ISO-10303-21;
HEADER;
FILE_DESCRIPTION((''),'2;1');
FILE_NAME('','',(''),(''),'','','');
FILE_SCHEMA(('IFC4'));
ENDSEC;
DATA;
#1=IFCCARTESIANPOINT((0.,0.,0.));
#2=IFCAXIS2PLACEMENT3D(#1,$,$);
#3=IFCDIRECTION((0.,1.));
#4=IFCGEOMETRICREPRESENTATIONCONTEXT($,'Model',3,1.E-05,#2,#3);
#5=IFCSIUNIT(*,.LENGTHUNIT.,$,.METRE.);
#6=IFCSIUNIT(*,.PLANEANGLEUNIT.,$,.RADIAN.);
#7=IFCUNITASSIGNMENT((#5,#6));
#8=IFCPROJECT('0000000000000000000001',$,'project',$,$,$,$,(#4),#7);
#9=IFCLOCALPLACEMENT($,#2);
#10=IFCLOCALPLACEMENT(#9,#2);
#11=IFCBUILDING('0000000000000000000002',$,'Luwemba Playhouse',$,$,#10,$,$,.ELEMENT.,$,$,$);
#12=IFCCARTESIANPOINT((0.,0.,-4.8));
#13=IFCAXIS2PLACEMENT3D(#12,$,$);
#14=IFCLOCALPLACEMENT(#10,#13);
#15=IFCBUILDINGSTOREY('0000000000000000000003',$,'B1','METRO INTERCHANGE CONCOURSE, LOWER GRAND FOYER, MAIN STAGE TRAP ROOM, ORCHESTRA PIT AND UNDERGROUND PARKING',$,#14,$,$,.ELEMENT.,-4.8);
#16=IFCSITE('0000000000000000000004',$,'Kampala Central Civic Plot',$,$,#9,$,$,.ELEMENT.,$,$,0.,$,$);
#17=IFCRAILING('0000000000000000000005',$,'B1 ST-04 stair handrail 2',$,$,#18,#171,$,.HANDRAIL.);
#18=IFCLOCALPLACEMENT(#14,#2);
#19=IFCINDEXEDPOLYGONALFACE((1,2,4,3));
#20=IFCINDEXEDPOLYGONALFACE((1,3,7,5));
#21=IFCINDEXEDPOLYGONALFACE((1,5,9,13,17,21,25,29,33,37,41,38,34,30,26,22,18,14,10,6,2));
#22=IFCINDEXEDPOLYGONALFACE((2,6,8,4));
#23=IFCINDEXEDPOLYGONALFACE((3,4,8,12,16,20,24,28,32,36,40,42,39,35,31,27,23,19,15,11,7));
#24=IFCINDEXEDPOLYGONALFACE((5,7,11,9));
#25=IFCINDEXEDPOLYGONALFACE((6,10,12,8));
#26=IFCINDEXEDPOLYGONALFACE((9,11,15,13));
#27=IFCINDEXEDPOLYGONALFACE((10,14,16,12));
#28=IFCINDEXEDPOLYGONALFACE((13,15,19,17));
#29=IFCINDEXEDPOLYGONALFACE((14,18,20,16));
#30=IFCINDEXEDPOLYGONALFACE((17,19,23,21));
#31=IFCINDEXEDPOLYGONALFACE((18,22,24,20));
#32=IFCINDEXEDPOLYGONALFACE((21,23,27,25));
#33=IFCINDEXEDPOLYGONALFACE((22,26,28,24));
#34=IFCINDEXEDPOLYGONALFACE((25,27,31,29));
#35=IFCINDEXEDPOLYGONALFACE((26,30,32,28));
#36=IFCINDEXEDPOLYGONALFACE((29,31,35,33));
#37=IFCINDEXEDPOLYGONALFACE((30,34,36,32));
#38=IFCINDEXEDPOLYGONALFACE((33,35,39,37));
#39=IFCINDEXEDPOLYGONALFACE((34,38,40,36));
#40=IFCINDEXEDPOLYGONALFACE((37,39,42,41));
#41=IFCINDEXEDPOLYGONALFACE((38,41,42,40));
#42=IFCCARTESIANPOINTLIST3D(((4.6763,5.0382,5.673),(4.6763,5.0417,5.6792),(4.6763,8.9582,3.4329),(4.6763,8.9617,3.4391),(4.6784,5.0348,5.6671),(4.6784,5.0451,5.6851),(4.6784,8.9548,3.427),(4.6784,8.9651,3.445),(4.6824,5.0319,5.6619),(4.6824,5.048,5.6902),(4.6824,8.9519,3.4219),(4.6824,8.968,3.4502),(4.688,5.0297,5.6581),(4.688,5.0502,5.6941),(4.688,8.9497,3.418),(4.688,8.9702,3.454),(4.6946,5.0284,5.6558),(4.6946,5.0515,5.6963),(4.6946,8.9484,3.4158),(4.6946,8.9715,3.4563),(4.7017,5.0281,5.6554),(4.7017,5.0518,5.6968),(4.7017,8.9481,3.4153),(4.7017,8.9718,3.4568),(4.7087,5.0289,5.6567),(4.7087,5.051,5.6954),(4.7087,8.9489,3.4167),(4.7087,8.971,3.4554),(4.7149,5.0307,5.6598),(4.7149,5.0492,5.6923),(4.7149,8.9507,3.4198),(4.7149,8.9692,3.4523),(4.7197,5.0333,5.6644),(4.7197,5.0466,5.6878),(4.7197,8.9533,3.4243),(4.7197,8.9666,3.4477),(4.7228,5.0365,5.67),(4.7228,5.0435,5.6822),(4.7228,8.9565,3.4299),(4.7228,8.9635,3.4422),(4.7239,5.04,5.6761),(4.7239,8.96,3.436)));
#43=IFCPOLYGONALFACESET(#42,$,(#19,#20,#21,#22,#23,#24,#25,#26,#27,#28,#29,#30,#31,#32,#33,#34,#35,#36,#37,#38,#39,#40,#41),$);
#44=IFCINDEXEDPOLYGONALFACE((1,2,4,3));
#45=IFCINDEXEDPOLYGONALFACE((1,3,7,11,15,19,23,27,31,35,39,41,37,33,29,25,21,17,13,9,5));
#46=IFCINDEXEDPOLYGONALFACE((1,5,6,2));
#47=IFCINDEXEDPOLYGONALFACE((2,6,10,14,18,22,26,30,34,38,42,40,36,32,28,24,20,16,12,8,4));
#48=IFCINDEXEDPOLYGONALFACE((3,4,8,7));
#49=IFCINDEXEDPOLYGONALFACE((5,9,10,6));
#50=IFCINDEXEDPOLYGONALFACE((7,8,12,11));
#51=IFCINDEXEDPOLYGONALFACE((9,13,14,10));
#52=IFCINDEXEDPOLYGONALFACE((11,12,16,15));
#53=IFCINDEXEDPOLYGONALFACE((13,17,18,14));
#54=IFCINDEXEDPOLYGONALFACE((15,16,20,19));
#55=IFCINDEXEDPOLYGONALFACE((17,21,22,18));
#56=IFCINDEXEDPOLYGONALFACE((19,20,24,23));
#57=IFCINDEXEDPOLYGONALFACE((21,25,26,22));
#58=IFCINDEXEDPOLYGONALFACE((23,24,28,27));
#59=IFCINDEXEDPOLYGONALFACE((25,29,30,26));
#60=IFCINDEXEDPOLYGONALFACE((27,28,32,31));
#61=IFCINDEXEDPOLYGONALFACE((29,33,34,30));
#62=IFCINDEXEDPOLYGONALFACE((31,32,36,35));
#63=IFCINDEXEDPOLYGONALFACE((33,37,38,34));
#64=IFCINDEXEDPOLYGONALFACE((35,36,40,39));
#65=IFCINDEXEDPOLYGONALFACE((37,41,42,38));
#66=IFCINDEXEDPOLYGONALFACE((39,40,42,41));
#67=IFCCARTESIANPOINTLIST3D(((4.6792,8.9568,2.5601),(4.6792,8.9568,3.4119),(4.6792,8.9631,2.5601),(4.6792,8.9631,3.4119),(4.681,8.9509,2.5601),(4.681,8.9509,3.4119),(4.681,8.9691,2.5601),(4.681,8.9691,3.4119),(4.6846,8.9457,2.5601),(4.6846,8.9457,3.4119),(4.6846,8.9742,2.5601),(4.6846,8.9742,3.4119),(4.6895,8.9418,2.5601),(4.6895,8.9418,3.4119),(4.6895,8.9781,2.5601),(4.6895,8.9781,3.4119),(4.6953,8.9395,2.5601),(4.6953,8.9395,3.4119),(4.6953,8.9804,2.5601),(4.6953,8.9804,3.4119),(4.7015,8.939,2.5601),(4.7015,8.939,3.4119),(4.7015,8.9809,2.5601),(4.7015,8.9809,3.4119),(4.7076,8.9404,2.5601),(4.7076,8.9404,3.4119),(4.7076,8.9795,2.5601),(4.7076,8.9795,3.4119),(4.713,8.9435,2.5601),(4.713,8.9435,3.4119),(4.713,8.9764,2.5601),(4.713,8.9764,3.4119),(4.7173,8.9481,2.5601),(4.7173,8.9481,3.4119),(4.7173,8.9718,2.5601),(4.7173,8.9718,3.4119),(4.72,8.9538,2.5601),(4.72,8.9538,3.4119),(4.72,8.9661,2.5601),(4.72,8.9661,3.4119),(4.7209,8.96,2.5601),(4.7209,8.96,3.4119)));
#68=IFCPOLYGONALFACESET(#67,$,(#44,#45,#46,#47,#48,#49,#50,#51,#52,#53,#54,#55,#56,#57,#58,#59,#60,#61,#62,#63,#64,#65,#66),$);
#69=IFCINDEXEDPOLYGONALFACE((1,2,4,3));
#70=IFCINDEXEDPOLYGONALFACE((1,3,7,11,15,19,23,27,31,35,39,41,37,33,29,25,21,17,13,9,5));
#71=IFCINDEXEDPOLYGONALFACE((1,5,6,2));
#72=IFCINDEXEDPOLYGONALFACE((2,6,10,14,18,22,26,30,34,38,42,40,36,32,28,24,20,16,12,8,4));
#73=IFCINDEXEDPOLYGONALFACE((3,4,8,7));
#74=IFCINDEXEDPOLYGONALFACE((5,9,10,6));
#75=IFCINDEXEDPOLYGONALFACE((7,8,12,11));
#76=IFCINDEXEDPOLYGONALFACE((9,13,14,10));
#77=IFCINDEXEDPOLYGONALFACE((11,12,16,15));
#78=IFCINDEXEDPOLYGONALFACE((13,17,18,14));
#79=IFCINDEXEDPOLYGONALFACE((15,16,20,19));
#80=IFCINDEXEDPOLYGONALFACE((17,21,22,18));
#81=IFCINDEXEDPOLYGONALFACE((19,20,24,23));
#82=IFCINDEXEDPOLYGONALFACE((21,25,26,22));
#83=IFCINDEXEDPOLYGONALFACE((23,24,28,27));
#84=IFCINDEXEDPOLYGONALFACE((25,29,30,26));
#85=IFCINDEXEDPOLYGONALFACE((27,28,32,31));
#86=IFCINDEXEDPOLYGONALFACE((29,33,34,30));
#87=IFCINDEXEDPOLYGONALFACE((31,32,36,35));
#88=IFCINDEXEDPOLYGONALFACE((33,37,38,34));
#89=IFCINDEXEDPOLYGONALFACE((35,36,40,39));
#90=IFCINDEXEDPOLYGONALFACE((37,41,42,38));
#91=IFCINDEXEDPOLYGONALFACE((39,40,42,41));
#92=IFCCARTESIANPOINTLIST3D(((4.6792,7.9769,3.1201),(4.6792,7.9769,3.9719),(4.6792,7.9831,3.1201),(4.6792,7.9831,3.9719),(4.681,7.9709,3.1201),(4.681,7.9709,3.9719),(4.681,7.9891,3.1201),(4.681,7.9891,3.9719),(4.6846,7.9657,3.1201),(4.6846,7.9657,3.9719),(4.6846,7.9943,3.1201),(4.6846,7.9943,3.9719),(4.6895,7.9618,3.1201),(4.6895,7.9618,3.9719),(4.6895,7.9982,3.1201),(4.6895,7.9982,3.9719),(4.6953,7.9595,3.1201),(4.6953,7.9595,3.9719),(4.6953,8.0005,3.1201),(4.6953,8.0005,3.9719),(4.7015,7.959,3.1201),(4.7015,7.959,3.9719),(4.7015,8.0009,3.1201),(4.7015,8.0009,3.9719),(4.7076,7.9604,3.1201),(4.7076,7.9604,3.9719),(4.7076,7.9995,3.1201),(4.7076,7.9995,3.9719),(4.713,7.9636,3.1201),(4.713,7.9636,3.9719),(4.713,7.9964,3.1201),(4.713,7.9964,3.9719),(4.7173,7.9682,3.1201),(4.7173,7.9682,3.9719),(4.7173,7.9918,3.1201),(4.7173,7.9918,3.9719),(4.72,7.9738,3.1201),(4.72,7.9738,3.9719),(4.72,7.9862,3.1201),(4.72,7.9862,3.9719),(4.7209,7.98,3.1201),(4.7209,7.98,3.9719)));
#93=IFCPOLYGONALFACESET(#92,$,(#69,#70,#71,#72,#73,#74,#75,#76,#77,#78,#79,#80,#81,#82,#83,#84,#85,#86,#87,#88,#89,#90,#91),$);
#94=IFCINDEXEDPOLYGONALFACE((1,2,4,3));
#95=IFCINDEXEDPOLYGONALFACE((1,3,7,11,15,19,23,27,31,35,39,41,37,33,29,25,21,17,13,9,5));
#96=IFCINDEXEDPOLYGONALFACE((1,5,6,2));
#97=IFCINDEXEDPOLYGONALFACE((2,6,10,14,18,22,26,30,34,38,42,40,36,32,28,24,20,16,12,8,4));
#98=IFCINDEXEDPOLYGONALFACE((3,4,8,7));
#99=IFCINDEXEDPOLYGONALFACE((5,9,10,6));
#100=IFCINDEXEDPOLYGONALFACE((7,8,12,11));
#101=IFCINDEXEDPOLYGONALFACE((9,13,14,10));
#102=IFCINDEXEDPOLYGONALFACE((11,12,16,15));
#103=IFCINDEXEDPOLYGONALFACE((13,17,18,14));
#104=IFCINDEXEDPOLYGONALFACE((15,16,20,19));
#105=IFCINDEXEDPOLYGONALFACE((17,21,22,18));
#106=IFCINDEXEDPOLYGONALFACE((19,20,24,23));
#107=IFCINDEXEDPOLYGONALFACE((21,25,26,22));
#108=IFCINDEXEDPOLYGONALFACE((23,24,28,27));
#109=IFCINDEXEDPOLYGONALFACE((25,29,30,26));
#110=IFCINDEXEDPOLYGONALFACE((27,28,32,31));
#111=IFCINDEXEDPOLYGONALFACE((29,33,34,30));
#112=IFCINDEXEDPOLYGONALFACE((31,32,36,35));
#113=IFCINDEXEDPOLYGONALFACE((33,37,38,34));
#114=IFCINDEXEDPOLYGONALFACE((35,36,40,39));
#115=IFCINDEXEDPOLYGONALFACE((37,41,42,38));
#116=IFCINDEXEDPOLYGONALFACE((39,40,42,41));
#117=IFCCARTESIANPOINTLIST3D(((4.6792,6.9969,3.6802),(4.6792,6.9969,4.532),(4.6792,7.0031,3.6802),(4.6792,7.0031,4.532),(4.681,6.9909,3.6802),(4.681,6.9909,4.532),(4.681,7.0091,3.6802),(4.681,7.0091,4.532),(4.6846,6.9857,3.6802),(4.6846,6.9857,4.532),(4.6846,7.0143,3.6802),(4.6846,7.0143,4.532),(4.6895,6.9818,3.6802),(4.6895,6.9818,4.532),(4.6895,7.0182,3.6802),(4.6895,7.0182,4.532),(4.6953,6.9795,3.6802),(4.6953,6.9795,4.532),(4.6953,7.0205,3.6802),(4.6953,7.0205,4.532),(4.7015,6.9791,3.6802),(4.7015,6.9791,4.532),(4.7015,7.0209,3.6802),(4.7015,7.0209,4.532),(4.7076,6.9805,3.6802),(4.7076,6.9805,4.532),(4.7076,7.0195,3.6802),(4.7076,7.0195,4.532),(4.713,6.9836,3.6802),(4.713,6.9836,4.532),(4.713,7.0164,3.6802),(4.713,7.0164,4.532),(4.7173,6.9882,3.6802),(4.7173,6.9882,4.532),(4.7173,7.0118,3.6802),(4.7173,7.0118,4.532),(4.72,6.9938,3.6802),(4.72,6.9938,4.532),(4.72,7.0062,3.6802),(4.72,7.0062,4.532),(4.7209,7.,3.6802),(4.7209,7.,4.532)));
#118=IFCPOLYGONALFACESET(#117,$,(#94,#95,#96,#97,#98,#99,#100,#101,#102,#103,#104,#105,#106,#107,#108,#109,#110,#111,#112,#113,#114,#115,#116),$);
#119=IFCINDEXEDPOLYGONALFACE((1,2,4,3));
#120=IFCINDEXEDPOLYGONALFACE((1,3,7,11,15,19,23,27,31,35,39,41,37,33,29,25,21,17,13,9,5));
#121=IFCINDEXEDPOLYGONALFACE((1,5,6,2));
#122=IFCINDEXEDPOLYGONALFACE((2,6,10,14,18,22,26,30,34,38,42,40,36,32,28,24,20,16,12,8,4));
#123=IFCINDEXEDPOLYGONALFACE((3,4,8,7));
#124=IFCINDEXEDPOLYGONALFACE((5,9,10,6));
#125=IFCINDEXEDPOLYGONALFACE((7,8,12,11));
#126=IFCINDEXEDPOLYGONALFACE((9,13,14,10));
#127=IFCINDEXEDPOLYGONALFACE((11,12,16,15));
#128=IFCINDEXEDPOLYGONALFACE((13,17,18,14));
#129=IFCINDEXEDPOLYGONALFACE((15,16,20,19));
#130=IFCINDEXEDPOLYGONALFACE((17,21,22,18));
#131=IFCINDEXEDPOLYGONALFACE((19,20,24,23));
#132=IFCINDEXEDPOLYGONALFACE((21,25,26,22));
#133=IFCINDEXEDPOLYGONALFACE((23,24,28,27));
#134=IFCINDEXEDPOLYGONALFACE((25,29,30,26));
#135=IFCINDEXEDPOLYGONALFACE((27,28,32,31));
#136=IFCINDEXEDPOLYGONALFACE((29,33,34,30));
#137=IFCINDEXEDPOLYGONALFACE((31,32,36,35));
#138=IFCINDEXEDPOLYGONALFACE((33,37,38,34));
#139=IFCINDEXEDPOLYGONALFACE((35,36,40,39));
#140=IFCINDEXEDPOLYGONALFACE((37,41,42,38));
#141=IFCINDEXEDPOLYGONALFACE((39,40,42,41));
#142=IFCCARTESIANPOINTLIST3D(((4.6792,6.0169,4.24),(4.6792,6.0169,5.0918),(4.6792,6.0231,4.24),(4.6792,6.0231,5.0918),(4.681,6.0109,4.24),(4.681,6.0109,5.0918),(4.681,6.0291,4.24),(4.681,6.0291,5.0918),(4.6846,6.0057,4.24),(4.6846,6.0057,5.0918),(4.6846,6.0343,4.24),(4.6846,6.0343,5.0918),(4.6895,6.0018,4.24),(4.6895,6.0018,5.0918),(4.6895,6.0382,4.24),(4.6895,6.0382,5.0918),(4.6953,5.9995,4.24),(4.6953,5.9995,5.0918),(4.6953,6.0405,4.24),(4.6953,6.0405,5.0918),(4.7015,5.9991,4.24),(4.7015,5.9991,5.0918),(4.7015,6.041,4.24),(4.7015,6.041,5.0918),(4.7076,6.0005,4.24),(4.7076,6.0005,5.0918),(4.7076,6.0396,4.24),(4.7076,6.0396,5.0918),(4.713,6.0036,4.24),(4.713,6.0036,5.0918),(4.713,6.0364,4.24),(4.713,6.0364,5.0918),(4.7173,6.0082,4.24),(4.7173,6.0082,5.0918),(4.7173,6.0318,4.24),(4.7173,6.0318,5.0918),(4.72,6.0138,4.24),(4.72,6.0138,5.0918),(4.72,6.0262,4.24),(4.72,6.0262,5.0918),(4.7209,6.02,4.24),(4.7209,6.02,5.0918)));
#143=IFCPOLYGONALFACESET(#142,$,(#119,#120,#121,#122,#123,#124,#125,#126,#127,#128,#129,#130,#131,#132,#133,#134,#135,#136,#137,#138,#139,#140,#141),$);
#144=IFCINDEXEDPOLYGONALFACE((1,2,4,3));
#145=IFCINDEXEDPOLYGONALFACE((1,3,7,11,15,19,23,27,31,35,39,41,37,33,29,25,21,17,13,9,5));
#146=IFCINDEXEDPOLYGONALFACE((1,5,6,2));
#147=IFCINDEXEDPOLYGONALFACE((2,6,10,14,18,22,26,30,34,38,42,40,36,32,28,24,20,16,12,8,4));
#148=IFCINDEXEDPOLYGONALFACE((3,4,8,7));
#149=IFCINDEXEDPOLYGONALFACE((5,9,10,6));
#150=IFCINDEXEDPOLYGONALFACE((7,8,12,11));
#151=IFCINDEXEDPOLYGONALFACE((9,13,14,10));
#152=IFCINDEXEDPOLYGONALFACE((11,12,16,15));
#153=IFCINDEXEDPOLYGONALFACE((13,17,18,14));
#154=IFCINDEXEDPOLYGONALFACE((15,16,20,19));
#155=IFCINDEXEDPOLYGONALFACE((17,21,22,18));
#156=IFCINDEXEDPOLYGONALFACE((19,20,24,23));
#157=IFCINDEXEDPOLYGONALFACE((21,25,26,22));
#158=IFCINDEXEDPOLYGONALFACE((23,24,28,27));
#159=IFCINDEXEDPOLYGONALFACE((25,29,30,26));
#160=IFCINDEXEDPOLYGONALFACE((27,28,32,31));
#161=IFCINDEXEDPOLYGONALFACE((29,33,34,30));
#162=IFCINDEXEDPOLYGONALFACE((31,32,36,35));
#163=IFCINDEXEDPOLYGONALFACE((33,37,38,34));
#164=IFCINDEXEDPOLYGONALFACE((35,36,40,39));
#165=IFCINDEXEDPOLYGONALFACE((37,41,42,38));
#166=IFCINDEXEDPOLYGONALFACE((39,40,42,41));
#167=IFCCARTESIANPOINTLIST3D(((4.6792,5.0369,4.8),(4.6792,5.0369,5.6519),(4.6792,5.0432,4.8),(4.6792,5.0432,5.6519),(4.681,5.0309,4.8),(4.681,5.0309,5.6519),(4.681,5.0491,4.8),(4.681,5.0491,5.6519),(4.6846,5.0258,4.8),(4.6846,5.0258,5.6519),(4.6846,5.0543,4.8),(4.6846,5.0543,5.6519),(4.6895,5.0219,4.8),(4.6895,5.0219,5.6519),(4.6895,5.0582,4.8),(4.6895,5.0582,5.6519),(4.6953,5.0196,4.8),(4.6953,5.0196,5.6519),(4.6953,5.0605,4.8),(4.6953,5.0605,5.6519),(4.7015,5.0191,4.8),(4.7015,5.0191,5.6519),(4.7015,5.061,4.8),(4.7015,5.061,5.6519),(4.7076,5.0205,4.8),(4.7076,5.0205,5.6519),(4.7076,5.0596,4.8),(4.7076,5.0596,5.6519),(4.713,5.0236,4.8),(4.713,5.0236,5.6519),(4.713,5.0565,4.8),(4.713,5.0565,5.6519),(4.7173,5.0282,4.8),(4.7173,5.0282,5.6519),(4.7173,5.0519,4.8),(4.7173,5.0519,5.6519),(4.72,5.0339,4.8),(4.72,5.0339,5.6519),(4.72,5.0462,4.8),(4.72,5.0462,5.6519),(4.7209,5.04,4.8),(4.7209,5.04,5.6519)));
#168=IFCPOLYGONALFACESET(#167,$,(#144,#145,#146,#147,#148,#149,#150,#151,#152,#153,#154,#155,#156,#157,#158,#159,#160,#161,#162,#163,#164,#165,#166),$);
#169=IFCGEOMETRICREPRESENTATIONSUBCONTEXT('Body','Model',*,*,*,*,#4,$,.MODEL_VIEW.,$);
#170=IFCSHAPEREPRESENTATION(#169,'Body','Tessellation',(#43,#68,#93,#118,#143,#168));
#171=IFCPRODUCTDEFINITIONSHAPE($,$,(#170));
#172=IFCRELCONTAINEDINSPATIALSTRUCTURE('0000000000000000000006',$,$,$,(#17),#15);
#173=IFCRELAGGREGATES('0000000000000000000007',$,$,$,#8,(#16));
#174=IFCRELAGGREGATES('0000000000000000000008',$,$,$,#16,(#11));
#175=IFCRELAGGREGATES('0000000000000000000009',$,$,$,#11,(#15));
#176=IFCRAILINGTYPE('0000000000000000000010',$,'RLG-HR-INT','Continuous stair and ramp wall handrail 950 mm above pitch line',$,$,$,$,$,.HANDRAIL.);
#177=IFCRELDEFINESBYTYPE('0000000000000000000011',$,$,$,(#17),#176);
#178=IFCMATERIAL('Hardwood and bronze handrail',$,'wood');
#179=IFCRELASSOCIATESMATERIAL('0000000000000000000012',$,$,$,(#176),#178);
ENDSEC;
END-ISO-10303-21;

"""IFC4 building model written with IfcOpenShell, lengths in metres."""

from ifc_helpers import new_model, si_unit, direction, frame, origin, origin_2d, place, context, subcontext, project, spatial, circle, extrude, material, type_object, element, save


model = new_model("IFC4")

# Units and contexts
model_context = context("Model", 3, precision=1e-05, world=origin(), true_north=direction((0.0, 1.0)))
body_context = subcontext(model_context, "Body", "Model", "MODEL_VIEW")
ifc_project = project(units=[si_unit("LENGTHUNIT", "METRE"), si_unit("PLANEANGLEUNIT", "RADIAN")], contexts=[model_context])

# Site, building, storey
site_placement = place(None, origin())
site = spatial("IfcSite", under=ifc_project, at=site_placement, Name="Kampala Central Civic Plot", CompositionType="ELEMENT", RefElevation=0.0)
building_placement = place(site_placement, origin())
building = spatial("IfcBuilding", under=site, at=building_placement, Name="Luwemba Playhouse", CompositionType="ELEMENT")
storey_placement = place(building_placement, frame((0.0, 0.0, -4.8)))
storey = spatial("IfcBuildingStorey", under=building, at=storey_placement, Name="B1", Description="METRO INTERCHANGE CONCOURSE, LOWER GRAND FOYER, MAIN STAGE TRAP ROOM, ORCHESTRA PIT AND UNDERGROUND PARKING", CompositionType="ELEMENT", Elevation=-4.8)

# Railing
ifc_material_1 = material(Name="Hardwood and bronze handrail", Category="wood")
railing_type_1 = type_object("IfcRailingType", Name="RLG-HR-INT", Description="Continuous stair and ramp wall handrail 950 mm above pitch line", PredefinedType="HANDRAIL", material=ifc_material_1)
railing_1_placement = place(storey_placement, frame((4.7, 8.96, 2.5601)))
element("IfcRailing", 1, at=railing_1_placement, inside=storey, type_object=railing_type_1, Name="B1 ST-04 stair handrail 2", PredefinedType="HANDRAIL", context=body_context, shape_type="SweptSolid", body=[
    extrude(circle(Radius=0.0239, at=origin_2d()), frame((0.0, 0.0, 0.876), z_axis=(0.0, -0.86824, 0.496145), x_axis=(1.0, 0.0, 0.0)), (0.0, 0.0, 1.0), 4.5149),
    extrude(circle(Radius=0.021, at=origin_2d()), origin(), (0.0, 0.0, 1.0), 0.8518),
    extrude(circle(Radius=0.021, at=origin_2d()), frame((0.0, -0.98, 0.5601)), (0.0, 0.0, 1.0), 0.8518),
    extrude(circle(Radius=0.021, at=origin_2d()), frame((0.0, -1.96, 1.1201)), (0.0, 0.0, 1.0), 0.8518),
    extrude(circle(Radius=0.021, at=origin_2d()), frame((0.0, -2.9399, 1.6799)), (0.0, 0.0, 1.0), 0.8518),
    extrude(circle(Radius=0.021, at=origin_2d()), frame((0.0, -3.9199, 2.24)), (0.0, 0.0, 1.0), 0.8518),
])

save(model, "model.ifc")
